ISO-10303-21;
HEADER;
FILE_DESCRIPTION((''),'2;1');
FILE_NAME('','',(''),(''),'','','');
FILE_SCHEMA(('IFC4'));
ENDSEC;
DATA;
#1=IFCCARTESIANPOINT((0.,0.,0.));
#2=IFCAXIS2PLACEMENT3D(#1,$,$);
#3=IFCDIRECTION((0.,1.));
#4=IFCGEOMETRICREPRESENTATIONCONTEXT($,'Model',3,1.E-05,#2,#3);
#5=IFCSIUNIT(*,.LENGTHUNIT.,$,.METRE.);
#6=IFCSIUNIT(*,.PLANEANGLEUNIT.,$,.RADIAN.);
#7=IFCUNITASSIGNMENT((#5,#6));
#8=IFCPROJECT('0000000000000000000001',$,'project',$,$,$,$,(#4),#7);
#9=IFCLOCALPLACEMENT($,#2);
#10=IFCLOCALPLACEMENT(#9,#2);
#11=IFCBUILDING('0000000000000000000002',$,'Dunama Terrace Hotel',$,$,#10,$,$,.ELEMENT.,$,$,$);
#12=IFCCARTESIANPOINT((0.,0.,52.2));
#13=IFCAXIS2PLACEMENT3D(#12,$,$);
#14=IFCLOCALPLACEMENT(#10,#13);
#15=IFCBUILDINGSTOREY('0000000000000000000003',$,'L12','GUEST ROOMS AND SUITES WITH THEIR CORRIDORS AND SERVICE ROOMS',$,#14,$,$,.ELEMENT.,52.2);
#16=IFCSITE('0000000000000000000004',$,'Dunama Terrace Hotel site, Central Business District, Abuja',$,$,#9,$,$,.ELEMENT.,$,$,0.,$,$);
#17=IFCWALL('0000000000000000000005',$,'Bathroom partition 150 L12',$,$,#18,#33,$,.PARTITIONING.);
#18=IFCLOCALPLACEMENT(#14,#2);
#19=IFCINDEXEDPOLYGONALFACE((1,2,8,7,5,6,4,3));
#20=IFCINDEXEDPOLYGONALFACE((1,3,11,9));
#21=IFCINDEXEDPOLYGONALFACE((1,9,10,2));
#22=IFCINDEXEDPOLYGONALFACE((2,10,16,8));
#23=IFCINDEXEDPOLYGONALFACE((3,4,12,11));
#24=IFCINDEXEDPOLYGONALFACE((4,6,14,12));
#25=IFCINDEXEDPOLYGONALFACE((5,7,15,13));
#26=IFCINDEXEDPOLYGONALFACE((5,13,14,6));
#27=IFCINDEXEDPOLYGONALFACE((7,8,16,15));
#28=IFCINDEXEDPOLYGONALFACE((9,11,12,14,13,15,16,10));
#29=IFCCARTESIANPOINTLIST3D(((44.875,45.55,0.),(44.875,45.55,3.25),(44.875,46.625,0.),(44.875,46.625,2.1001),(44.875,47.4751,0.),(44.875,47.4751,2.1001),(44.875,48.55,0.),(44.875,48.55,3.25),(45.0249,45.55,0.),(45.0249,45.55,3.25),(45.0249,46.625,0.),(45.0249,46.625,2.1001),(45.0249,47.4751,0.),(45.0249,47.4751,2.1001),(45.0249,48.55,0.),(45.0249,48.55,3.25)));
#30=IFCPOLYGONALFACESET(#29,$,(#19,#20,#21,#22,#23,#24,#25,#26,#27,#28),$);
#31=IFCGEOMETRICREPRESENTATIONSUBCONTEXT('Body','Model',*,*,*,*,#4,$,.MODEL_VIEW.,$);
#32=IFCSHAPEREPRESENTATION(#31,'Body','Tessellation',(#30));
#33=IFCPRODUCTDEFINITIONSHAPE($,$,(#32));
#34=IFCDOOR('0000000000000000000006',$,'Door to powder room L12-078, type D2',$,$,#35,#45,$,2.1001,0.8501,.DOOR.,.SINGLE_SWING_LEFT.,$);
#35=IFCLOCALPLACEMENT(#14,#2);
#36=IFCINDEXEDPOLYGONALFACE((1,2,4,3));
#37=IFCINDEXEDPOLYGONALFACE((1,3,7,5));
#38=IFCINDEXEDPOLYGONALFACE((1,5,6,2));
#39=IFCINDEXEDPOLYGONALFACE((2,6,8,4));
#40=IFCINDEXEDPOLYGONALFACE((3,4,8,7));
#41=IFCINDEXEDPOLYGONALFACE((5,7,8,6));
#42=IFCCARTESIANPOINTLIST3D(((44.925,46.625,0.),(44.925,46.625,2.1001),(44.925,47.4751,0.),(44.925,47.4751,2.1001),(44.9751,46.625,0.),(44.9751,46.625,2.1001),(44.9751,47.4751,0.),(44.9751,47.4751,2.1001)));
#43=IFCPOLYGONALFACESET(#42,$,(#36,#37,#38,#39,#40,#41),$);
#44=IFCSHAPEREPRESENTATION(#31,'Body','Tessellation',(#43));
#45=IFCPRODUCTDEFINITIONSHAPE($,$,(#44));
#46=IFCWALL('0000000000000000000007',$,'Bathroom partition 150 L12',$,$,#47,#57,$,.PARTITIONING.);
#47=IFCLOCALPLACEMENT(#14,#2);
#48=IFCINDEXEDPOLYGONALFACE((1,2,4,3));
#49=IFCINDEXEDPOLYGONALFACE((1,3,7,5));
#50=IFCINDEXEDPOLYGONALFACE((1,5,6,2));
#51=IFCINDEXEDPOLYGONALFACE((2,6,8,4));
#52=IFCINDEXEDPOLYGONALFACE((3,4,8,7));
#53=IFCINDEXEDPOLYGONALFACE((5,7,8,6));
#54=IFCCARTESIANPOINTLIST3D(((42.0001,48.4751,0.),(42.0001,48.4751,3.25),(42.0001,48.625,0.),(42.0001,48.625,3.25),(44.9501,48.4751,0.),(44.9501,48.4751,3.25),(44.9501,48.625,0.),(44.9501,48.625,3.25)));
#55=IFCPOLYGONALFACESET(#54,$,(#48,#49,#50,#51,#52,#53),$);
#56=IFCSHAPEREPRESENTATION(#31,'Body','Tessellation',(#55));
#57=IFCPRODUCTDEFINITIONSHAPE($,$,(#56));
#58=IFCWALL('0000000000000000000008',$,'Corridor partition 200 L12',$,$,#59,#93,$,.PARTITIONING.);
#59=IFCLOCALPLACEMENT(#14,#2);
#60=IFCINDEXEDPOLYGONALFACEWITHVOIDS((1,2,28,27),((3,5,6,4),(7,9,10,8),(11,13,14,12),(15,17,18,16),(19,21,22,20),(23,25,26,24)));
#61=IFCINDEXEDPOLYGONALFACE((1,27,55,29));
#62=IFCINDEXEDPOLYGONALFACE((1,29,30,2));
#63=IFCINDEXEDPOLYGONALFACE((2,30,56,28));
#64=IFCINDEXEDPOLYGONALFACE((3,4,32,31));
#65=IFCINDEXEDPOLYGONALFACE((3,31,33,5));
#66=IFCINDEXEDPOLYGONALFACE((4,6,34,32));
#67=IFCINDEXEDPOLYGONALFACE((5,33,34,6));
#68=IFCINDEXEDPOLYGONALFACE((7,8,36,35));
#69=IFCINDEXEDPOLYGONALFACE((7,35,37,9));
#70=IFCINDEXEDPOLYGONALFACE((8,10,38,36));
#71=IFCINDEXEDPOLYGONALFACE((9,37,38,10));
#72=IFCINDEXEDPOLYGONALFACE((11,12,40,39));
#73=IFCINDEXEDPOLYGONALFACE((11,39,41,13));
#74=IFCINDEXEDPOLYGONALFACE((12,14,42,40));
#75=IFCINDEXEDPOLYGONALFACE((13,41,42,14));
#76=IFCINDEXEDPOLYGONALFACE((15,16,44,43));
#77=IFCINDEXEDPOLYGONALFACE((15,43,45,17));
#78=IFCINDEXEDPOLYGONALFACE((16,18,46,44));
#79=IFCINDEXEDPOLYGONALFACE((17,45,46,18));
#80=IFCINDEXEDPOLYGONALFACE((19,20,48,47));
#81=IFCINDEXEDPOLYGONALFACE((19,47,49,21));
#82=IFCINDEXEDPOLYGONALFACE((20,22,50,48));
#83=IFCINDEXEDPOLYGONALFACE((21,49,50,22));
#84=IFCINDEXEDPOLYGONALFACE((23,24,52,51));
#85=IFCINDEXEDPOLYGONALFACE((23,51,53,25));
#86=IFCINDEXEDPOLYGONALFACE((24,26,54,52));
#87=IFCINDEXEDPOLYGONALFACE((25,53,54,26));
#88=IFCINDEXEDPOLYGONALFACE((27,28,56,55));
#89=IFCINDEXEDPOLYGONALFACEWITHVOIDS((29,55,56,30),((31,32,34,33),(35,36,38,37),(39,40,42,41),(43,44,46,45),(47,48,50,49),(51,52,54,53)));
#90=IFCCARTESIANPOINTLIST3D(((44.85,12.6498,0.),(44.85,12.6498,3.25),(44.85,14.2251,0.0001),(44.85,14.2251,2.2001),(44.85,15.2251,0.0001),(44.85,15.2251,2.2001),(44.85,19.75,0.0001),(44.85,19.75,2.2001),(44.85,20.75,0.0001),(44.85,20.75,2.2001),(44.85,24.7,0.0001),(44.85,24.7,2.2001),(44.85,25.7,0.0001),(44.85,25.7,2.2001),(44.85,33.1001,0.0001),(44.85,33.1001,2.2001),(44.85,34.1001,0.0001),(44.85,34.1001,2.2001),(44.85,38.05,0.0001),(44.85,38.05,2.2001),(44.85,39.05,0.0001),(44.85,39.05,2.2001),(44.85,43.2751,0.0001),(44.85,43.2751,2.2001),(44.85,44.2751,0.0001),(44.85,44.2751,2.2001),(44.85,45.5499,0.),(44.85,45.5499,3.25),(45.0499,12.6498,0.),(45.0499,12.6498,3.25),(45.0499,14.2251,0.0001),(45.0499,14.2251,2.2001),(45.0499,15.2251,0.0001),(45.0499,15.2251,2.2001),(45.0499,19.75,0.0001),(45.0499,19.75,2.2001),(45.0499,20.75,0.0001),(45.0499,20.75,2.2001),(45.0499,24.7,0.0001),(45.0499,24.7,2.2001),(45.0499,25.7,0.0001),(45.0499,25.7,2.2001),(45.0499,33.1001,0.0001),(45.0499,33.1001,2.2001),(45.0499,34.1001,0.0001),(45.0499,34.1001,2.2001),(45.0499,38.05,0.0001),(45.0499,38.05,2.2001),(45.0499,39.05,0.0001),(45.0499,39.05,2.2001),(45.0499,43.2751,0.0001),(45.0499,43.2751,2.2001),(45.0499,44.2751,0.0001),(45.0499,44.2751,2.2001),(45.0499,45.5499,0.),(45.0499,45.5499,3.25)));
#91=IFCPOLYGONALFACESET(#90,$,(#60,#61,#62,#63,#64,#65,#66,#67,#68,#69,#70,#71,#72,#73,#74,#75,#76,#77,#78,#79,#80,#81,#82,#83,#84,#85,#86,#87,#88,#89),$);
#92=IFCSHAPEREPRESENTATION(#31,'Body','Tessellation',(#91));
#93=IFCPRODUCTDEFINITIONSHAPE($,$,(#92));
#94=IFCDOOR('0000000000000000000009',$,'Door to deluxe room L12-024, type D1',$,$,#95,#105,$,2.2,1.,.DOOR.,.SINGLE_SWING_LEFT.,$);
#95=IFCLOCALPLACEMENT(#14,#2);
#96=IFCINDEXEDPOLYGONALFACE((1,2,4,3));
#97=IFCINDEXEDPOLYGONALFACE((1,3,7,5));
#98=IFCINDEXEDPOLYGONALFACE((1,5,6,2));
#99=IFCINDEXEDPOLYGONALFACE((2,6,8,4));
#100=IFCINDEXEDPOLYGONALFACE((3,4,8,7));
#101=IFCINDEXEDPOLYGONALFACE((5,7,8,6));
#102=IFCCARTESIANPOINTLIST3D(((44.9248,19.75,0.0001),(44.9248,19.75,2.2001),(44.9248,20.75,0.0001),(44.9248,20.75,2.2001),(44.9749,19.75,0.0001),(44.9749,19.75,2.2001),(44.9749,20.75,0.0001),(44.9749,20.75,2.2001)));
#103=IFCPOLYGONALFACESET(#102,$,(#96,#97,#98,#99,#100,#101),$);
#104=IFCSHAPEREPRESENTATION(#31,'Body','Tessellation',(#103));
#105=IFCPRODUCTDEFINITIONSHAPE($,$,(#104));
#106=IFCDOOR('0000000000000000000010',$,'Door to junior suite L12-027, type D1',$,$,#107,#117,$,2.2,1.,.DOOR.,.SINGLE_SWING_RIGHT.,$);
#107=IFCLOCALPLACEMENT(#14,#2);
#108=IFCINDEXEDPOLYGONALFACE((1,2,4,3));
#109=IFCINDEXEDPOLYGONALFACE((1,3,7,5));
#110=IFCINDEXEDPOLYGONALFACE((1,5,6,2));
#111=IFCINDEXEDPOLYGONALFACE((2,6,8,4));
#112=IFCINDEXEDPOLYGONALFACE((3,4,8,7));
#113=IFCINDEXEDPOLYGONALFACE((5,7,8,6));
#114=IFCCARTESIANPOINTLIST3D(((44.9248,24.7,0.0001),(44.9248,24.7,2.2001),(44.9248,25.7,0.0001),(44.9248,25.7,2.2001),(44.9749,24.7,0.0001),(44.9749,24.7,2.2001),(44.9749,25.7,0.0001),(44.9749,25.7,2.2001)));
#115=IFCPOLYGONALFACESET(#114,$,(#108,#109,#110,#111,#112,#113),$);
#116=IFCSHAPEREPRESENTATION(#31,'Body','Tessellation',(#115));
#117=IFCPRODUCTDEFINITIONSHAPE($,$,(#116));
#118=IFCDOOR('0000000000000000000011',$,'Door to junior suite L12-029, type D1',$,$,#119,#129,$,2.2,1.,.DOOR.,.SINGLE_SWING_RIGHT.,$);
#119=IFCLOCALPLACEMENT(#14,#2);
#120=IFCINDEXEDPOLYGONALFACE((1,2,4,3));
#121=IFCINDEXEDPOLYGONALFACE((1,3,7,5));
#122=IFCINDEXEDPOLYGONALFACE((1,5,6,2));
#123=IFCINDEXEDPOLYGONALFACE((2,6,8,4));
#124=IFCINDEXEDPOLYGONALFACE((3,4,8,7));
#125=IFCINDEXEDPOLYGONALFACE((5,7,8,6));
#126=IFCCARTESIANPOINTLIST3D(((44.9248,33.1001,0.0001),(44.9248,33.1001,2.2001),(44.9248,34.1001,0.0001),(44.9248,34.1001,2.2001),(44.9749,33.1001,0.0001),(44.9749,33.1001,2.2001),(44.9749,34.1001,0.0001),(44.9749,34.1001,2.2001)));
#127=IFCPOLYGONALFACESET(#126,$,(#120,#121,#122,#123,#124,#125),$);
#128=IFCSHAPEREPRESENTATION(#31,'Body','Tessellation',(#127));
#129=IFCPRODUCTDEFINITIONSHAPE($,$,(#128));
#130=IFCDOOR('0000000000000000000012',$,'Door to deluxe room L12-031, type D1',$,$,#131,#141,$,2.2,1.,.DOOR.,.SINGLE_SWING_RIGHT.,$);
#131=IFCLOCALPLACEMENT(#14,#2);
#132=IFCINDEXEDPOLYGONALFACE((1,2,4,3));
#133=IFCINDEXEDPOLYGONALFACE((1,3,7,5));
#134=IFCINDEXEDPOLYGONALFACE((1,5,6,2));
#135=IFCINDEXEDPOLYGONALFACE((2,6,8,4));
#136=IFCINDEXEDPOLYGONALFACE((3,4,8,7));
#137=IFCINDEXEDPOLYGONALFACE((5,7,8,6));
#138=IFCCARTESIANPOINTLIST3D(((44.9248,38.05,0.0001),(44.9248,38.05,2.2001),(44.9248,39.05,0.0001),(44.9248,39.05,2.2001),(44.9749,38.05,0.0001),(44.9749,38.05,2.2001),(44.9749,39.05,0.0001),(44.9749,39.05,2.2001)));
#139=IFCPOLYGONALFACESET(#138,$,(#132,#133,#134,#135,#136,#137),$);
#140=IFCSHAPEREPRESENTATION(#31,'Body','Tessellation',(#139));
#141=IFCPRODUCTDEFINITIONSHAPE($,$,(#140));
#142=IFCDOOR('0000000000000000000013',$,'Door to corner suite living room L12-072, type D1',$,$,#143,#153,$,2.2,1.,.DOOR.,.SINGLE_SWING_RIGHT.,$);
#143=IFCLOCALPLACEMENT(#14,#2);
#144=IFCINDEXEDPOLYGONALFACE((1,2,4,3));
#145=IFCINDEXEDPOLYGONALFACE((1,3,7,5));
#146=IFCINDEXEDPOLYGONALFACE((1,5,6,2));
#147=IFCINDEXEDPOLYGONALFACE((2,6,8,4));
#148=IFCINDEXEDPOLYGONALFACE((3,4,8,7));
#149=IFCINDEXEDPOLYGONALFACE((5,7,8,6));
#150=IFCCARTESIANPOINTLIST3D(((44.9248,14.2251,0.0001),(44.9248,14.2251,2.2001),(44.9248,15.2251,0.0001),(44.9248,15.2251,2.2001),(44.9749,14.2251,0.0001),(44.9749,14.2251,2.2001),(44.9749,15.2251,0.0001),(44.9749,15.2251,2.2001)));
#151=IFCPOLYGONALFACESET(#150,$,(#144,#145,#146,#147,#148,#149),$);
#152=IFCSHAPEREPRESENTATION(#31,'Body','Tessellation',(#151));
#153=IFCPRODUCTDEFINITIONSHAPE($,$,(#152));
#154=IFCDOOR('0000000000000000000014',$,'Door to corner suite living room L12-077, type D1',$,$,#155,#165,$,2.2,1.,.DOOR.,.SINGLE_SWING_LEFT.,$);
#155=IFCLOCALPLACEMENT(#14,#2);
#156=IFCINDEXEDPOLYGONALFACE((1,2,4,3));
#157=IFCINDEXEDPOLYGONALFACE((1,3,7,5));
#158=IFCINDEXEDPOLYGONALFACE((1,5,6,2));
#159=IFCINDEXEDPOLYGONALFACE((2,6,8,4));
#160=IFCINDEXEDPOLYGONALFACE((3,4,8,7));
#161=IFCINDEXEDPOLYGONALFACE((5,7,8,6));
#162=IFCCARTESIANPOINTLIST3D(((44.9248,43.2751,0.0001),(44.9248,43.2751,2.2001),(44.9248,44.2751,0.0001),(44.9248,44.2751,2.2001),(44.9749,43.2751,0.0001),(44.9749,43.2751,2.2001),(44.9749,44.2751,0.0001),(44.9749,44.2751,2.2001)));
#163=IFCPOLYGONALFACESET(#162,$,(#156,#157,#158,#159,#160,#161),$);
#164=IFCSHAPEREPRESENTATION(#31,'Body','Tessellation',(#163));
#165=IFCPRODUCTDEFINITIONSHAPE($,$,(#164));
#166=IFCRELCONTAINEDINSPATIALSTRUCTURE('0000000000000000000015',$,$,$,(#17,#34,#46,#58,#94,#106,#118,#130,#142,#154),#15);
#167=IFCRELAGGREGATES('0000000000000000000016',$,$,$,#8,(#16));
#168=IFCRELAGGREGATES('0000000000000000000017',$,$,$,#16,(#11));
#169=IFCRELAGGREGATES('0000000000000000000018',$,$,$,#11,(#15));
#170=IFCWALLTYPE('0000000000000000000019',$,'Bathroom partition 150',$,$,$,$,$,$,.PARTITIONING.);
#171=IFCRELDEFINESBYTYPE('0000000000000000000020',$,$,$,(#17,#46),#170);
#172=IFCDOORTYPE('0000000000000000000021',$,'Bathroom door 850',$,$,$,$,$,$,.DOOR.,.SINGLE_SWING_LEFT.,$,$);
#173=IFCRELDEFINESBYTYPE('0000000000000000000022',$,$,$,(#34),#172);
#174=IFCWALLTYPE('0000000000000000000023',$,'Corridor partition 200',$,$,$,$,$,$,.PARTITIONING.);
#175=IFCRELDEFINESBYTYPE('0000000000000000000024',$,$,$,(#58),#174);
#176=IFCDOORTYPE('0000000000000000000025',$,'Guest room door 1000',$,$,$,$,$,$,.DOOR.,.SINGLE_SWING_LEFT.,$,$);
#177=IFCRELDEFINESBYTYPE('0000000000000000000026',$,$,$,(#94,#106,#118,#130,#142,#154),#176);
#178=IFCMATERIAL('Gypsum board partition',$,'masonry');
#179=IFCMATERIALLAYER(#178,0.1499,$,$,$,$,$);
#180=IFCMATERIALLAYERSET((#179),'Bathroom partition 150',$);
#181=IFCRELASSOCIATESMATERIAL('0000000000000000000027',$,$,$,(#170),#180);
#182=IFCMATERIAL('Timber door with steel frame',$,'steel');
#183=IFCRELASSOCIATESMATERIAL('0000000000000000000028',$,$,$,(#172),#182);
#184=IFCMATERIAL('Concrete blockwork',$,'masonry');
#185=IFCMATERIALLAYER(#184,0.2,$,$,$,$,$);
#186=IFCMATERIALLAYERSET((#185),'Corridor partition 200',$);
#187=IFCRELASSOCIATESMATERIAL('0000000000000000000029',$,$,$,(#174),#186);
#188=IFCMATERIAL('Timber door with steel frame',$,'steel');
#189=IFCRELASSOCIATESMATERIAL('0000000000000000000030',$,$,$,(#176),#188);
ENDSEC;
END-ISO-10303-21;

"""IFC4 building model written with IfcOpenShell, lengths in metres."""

from ifc_helpers import new_model, si_unit, direction, frame, frame_2d, origin, place, context, subcontext, project, spatial, rectangle, extrude, material, layer, layer_set, type_object, element, fill, save


model = new_model("IFC4")

# Units and contexts
model_context = context("Model", 3, precision=1e-05, world=origin(), true_north=direction((0.0, 1.0)))
body_context = subcontext(model_context, "Body", "Model", "MODEL_VIEW")
ifc_project = project(units=[si_unit("LENGTHUNIT", "METRE"), si_unit("PLANEANGLEUNIT", "RADIAN")], contexts=[model_context])

# Site, building, storey
site_placement = place(None, origin())
site = spatial("IfcSite", under=ifc_project, at=site_placement, Name="Dunama Terrace Hotel site, Central Business District, Abuja", CompositionType="ELEMENT", RefElevation=0.0)
building_placement = place(site_placement, origin())
building = spatial("IfcBuilding", under=site, at=building_placement, Name="Dunama Terrace Hotel", CompositionType="ELEMENT")
storey_placement = place(building_placement, frame((0.0, 0.0, 52.2)))
storey = spatial("IfcBuildingStorey", under=building, at=storey_placement, Name="L12", Description="GUEST ROOMS AND SUITES WITH THEIR CORRIDORS AND SERVICE ROOMS", CompositionType="ELEMENT", Elevation=52.2)

# Wall, opening, door
ifc_material_1 = material(Name="Gypsum board partition", Category="masonry")
ifc_layer_1 = layer(ifc_material_1, 0.1499)
ifc_layer_set_1 = layer_set([ifc_layer_1], Name="Bathroom partition 150")
wall_type_1 = type_object("IfcWallType", Name="Bathroom partition 150", PredefinedType="PARTITIONING", material=ifc_layer_set_1)
wall_1_placement = place(storey_placement, frame((44.95, 45.55, 0.0), z_axis=(0.0, 0.0, 1.0), x_axis=(0.0, 1.0, 0.0)))
wall_1 = element("IfcWall", 1, at=wall_1_placement, inside=storey, type_object=wall_type_1, Name="Bathroom partition 150 L12", PredefinedType="PARTITIONING", context=body_context, shape_type="SweptSolid", body=[
    extrude(rectangle(XDim=3.0, YDim=0.1499, at=frame_2d((1.5, 0.0))), origin(), (0.0, 0.0, 1.0), 3.25),
])
opening_1_placement = place(wall_1_placement, frame((1.075, 0.0, 0.0)))
opening_1 = element("IfcOpeningElement", 2, at=opening_1_placement, cuts=wall_1, PredefinedType="OPENING", context=body_context, shape_type="SweptSolid", body=[
    extrude(rectangle(XDim=0.8501, YDim=2.1001, at=frame_2d((0.425, 1.05))), frame((0.0, 0.085, 0.0), z_axis=(0.0, -1.0, 0.0), x_axis=(1.0, 0.0, 0.0)), (0.0, 0.0, 1.0), 0.1699),
])
ifc_material_2 = material(Name="Timber door with steel frame", Category="steel")
door_type_1 = type_object("IfcDoorType", Name="Bathroom door 850", OperationType="SINGLE_SWING_LEFT", PredefinedType="DOOR", material=ifc_material_2)
door_1_placement = place(opening_1_placement, origin())
door_1 = element("IfcDoor", 3, at=door_1_placement, inside=storey, type_object=door_type_1, Name="Door to powder room L12-078, type D2", OperationType="SINGLE_SWING_LEFT", OverallHeight=2.1001, OverallWidth=0.8501, PredefinedType="DOOR", context=body_context, shape_type="SweptSolid", body=[
    extrude(rectangle(XDim=0.8501, YDim=2.1001, at=frame_2d((0.425, 1.05))), frame((0.0, 0.0249, 0.0), z_axis=(0.0, -1.0, 0.0), x_axis=(1.0, 0.0, 0.0)), (0.0, 0.0, 1.0), 0.05),
])
fill(opening_1, door_1)

# Wall
wall_2_placement = place(storey_placement, frame((42.0, 48.55, 0.0), z_axis=(0.0, 0.0, 1.0), x_axis=(1.0, 0.0, 0.0)))
element("IfcWall", 4, at=wall_2_placement, inside=storey, type_object=wall_type_1, Name="Bathroom partition 150 L12", PredefinedType="PARTITIONING", context=body_context, shape_type="SweptSolid", body=[
    extrude(rectangle(XDim=2.95, YDim=0.1499, at=frame_2d((1.4751, 0.0))), origin(), (0.0, 0.0, 1.0), 3.25),
])

# Wall, openings, doors
ifc_material_3 = material(Name="Concrete blockwork", Category="masonry")
ifc_layer_2 = layer(ifc_material_3, 0.2)
ifc_layer_set_2 = layer_set([ifc_layer_2], Name="Corridor partition 200")
wall_type_2 = type_object("IfcWallType", Name="Corridor partition 200", PredefinedType="PARTITIONING", material=ifc_layer_set_2)
wall_3_placement = place(storey_placement, frame((44.95, 45.55, 0.0), z_axis=(0.0, 0.0, 1.0), x_axis=(0.0, -1.0, 0.0)))
wall_3 = element("IfcWall", 5, at=wall_3_placement, inside=storey, type_object=wall_type_2, Name="Corridor partition 200 L12", PredefinedType="PARTITIONING", context=body_context, shape_type="SweptSolid", body=[
    extrude(rectangle(XDim=32.9001, YDim=0.2, at=frame_2d((16.4502, 0.0))), origin(), (0.0, 0.0, 1.0), 3.25),
])
opening_2_placement = place(wall_3_placement, frame((24.8, 0.0, 0.0)))
opening_2 = element("IfcOpeningElement", 6, at=opening_2_placement, cuts=wall_3, PredefinedType="OPENING", context=body_context, shape_type="SweptSolid", body=[
    extrude(rectangle(XDim=1.0, YDim=2.2, at=frame_2d((0.5, 1.1001))), frame((0.0, 0.1099, 0.0), z_axis=(0.0, -1.0, 0.0), x_axis=(1.0, 0.0, 0.0)), (0.0, 0.0, 1.0), 0.22),
])
opening_3_placement = place(wall_3_placement, frame((19.8501, 0.0, 0.0)))
opening_3 = element("IfcOpeningElement", 7, at=opening_3_placement, cuts=wall_3, PredefinedType="OPENING", context=body_context, shape_type="SweptSolid", body=[
    extrude(rectangle(XDim=1.0, YDim=2.2, at=frame_2d((0.5, 1.1001))), frame((0.0, 0.1099, 0.0), z_axis=(0.0, -1.0, 0.0), x_axis=(1.0, 0.0, 0.0)), (0.0, 0.0, 1.0), 0.22),
])
opening_4_placement = place(wall_3_placement, frame((11.45, 0.0, 0.0)))
opening_4 = element("IfcOpeningElement", 8, at=opening_4_placement, cuts=wall_3, PredefinedType="OPENING", context=body_context, shape_type="SweptSolid", body=[
    extrude(rectangle(XDim=1.0, YDim=2.2, at=frame_2d((0.5, 1.1001))), frame((0.0, 0.1099, 0.0), z_axis=(0.0, -1.0, 0.0), x_axis=(1.0, 0.0, 0.0)), (0.0, 0.0, 1.0), 0.22),
])
opening_5_placement = place(wall_3_placement, frame((6.5, 0.0, 0.0)))
opening_5 = element("IfcOpeningElement", 9, at=opening_5_placement, cuts=wall_3, PredefinedType="OPENING", context=body_context, shape_type="SweptSolid", body=[
    extrude(rectangle(XDim=1.0, YDim=2.2, at=frame_2d((0.5, 1.1001))), frame((0.0, 0.1099, 0.0), z_axis=(0.0, -1.0, 0.0), x_axis=(1.0, 0.0, 0.0)), (0.0, 0.0, 1.0), 0.22),
])
opening_6_placement = place(wall_3_placement, frame((30.325, 0.0, 0.0)))
opening_6 = element("IfcOpeningElement", 10, at=opening_6_placement, cuts=wall_3, PredefinedType="OPENING", context=body_context, shape_type="SweptSolid", body=[
    extrude(rectangle(XDim=1.0, YDim=2.2, at=frame_2d((0.5, 1.1001))), frame((0.0, 0.1099, 0.0), z_axis=(0.0, -1.0, 0.0), x_axis=(1.0, 0.0, 0.0)), (0.0, 0.0, 1.0), 0.22),
])
opening_7_placement = place(wall_3_placement, frame((1.2749, 0.0, 0.0)))
opening_7 = element("IfcOpeningElement", 11, at=opening_7_placement, cuts=wall_3, PredefinedType="OPENING", context=body_context, shape_type="SweptSolid", body=[
    extrude(rectangle(XDim=1.0, YDim=2.2, at=frame_2d((0.5, 1.1001))), frame((0.0, 0.1099, 0.0), z_axis=(0.0, -1.0, 0.0), x_axis=(1.0, 0.0, 0.0)), (0.0, 0.0, 1.0), 0.22),
])
ifc_material_4 = material(Name="Timber door with steel frame", Category="steel")
door_type_2 = type_object("IfcDoorType", Name="Guest room door 1000", OperationType="SINGLE_SWING_LEFT", PredefinedType="DOOR", material=ifc_material_4)
door_2_placement = place(opening_2_placement, origin())
door_2 = element("IfcDoor", 12, at=door_2_placement, inside=storey, type_object=door_type_2, Name="Door to deluxe room L12-024, type D1", OperationType="SINGLE_SWING_LEFT", OverallHeight=2.2, OverallWidth=1.0, PredefinedType="DOOR", context=body_context, shape_type="SweptSolid", body=[
    extrude(rectangle(XDim=1.0, YDim=2.2, at=frame_2d((0.5, 1.1001))), frame((0.0, 0.0249, 0.0), z_axis=(0.0, -1.0, 0.0), x_axis=(1.0, 0.0, 0.0)), (0.0, 0.0, 1.0), 0.05),
])
fill(opening_2, door_2)
door_3_placement = place(opening_3_placement, origin())
door_3 = element("IfcDoor", 13, at=door_3_placement, inside=storey, type_object=door_type_2, Name="Door to junior suite L12-027, type D1", OperationType="SINGLE_SWING_RIGHT", OverallHeight=2.2, OverallWidth=1.0, PredefinedType="DOOR", context=body_context, shape_type="SweptSolid", body=[
    extrude(rectangle(XDim=1.0, YDim=2.2, at=frame_2d((0.5, 1.1001))), frame((0.0, 0.0249, 0.0), z_axis=(0.0, -1.0, 0.0), x_axis=(1.0, 0.0, 0.0)), (0.0, 0.0, 1.0), 0.05),
])
fill(opening_3, door_3)
door_4_placement = place(opening_4_placement, origin())
door_4 = element("IfcDoor", 14, at=door_4_placement, inside=storey, type_object=door_type_2, Name="Door to junior suite L12-029, type D1", OperationType="SINGLE_SWING_RIGHT", OverallHeight=2.2, OverallWidth=1.0, PredefinedType="DOOR", context=body_context, shape_type="SweptSolid", body=[
    extrude(rectangle(XDim=1.0, YDim=2.2, at=frame_2d((0.5, 1.1001))), frame((0.0, 0.0249, 0.0), z_axis=(0.0, -1.0, 0.0), x_axis=(1.0, 0.0, 0.0)), (0.0, 0.0, 1.0), 0.05),
])
fill(opening_4, door_4)
door_5_placement = place(opening_5_placement, origin())
door_5 = element("IfcDoor", 15, at=door_5_placement, inside=storey, type_object=door_type_2, Name="Door to deluxe room L12-031, type D1", OperationType="SINGLE_SWING_RIGHT", OverallHeight=2.2, OverallWidth=1.0, PredefinedType="DOOR", context=body_context, shape_type="SweptSolid", body=[
    extrude(rectangle(XDim=1.0, YDim=2.2, at=frame_2d((0.5, 1.1001))), frame((0.0, 0.0249, 0.0), z_axis=(0.0, -1.0, 0.0), x_axis=(1.0, 0.0, 0.0)), (0.0, 0.0, 1.0), 0.05),
])
fill(opening_5, door_5)
door_6_placement = place(opening_6_placement, origin())
door_6 = element("IfcDoor", 16, at=door_6_placement, inside=storey, type_object=door_type_2, Name="Door to corner suite living room L12-072, type D1", OperationType="SINGLE_SWING_RIGHT", OverallHeight=2.2, OverallWidth=1.0, PredefinedType="DOOR", context=body_context, shape_type="SweptSolid", body=[
    extrude(rectangle(XDim=1.0, YDim=2.2, at=frame_2d((0.5, 1.1001))), frame((0.0, 0.0249, 0.0), z_axis=(0.0, -1.0, 0.0), x_axis=(1.0, 0.0, 0.0)), (0.0, 0.0, 1.0), 0.05),
])
fill(opening_6, door_6)
door_7_placement = place(opening_7_placement, origin())
door_7 = element("IfcDoor", 17, at=door_7_placement, inside=storey, type_object=door_type_2, Name="Door to corner suite living room L12-077, type D1", OperationType="SINGLE_SWING_LEFT", OverallHeight=2.2, OverallWidth=1.0, PredefinedType="DOOR", context=body_context, shape_type="SweptSolid", body=[
    extrude(rectangle(XDim=1.0, YDim=2.2, at=frame_2d((0.5, 1.1001))), frame((0.0, 0.0249, 0.0), z_axis=(0.0, -1.0, 0.0), x_axis=(1.0, 0.0, 0.0)), (0.0, 0.0, 1.0), 0.05),
])
fill(opening_7, door_7)

save(model, "model.ifc")
